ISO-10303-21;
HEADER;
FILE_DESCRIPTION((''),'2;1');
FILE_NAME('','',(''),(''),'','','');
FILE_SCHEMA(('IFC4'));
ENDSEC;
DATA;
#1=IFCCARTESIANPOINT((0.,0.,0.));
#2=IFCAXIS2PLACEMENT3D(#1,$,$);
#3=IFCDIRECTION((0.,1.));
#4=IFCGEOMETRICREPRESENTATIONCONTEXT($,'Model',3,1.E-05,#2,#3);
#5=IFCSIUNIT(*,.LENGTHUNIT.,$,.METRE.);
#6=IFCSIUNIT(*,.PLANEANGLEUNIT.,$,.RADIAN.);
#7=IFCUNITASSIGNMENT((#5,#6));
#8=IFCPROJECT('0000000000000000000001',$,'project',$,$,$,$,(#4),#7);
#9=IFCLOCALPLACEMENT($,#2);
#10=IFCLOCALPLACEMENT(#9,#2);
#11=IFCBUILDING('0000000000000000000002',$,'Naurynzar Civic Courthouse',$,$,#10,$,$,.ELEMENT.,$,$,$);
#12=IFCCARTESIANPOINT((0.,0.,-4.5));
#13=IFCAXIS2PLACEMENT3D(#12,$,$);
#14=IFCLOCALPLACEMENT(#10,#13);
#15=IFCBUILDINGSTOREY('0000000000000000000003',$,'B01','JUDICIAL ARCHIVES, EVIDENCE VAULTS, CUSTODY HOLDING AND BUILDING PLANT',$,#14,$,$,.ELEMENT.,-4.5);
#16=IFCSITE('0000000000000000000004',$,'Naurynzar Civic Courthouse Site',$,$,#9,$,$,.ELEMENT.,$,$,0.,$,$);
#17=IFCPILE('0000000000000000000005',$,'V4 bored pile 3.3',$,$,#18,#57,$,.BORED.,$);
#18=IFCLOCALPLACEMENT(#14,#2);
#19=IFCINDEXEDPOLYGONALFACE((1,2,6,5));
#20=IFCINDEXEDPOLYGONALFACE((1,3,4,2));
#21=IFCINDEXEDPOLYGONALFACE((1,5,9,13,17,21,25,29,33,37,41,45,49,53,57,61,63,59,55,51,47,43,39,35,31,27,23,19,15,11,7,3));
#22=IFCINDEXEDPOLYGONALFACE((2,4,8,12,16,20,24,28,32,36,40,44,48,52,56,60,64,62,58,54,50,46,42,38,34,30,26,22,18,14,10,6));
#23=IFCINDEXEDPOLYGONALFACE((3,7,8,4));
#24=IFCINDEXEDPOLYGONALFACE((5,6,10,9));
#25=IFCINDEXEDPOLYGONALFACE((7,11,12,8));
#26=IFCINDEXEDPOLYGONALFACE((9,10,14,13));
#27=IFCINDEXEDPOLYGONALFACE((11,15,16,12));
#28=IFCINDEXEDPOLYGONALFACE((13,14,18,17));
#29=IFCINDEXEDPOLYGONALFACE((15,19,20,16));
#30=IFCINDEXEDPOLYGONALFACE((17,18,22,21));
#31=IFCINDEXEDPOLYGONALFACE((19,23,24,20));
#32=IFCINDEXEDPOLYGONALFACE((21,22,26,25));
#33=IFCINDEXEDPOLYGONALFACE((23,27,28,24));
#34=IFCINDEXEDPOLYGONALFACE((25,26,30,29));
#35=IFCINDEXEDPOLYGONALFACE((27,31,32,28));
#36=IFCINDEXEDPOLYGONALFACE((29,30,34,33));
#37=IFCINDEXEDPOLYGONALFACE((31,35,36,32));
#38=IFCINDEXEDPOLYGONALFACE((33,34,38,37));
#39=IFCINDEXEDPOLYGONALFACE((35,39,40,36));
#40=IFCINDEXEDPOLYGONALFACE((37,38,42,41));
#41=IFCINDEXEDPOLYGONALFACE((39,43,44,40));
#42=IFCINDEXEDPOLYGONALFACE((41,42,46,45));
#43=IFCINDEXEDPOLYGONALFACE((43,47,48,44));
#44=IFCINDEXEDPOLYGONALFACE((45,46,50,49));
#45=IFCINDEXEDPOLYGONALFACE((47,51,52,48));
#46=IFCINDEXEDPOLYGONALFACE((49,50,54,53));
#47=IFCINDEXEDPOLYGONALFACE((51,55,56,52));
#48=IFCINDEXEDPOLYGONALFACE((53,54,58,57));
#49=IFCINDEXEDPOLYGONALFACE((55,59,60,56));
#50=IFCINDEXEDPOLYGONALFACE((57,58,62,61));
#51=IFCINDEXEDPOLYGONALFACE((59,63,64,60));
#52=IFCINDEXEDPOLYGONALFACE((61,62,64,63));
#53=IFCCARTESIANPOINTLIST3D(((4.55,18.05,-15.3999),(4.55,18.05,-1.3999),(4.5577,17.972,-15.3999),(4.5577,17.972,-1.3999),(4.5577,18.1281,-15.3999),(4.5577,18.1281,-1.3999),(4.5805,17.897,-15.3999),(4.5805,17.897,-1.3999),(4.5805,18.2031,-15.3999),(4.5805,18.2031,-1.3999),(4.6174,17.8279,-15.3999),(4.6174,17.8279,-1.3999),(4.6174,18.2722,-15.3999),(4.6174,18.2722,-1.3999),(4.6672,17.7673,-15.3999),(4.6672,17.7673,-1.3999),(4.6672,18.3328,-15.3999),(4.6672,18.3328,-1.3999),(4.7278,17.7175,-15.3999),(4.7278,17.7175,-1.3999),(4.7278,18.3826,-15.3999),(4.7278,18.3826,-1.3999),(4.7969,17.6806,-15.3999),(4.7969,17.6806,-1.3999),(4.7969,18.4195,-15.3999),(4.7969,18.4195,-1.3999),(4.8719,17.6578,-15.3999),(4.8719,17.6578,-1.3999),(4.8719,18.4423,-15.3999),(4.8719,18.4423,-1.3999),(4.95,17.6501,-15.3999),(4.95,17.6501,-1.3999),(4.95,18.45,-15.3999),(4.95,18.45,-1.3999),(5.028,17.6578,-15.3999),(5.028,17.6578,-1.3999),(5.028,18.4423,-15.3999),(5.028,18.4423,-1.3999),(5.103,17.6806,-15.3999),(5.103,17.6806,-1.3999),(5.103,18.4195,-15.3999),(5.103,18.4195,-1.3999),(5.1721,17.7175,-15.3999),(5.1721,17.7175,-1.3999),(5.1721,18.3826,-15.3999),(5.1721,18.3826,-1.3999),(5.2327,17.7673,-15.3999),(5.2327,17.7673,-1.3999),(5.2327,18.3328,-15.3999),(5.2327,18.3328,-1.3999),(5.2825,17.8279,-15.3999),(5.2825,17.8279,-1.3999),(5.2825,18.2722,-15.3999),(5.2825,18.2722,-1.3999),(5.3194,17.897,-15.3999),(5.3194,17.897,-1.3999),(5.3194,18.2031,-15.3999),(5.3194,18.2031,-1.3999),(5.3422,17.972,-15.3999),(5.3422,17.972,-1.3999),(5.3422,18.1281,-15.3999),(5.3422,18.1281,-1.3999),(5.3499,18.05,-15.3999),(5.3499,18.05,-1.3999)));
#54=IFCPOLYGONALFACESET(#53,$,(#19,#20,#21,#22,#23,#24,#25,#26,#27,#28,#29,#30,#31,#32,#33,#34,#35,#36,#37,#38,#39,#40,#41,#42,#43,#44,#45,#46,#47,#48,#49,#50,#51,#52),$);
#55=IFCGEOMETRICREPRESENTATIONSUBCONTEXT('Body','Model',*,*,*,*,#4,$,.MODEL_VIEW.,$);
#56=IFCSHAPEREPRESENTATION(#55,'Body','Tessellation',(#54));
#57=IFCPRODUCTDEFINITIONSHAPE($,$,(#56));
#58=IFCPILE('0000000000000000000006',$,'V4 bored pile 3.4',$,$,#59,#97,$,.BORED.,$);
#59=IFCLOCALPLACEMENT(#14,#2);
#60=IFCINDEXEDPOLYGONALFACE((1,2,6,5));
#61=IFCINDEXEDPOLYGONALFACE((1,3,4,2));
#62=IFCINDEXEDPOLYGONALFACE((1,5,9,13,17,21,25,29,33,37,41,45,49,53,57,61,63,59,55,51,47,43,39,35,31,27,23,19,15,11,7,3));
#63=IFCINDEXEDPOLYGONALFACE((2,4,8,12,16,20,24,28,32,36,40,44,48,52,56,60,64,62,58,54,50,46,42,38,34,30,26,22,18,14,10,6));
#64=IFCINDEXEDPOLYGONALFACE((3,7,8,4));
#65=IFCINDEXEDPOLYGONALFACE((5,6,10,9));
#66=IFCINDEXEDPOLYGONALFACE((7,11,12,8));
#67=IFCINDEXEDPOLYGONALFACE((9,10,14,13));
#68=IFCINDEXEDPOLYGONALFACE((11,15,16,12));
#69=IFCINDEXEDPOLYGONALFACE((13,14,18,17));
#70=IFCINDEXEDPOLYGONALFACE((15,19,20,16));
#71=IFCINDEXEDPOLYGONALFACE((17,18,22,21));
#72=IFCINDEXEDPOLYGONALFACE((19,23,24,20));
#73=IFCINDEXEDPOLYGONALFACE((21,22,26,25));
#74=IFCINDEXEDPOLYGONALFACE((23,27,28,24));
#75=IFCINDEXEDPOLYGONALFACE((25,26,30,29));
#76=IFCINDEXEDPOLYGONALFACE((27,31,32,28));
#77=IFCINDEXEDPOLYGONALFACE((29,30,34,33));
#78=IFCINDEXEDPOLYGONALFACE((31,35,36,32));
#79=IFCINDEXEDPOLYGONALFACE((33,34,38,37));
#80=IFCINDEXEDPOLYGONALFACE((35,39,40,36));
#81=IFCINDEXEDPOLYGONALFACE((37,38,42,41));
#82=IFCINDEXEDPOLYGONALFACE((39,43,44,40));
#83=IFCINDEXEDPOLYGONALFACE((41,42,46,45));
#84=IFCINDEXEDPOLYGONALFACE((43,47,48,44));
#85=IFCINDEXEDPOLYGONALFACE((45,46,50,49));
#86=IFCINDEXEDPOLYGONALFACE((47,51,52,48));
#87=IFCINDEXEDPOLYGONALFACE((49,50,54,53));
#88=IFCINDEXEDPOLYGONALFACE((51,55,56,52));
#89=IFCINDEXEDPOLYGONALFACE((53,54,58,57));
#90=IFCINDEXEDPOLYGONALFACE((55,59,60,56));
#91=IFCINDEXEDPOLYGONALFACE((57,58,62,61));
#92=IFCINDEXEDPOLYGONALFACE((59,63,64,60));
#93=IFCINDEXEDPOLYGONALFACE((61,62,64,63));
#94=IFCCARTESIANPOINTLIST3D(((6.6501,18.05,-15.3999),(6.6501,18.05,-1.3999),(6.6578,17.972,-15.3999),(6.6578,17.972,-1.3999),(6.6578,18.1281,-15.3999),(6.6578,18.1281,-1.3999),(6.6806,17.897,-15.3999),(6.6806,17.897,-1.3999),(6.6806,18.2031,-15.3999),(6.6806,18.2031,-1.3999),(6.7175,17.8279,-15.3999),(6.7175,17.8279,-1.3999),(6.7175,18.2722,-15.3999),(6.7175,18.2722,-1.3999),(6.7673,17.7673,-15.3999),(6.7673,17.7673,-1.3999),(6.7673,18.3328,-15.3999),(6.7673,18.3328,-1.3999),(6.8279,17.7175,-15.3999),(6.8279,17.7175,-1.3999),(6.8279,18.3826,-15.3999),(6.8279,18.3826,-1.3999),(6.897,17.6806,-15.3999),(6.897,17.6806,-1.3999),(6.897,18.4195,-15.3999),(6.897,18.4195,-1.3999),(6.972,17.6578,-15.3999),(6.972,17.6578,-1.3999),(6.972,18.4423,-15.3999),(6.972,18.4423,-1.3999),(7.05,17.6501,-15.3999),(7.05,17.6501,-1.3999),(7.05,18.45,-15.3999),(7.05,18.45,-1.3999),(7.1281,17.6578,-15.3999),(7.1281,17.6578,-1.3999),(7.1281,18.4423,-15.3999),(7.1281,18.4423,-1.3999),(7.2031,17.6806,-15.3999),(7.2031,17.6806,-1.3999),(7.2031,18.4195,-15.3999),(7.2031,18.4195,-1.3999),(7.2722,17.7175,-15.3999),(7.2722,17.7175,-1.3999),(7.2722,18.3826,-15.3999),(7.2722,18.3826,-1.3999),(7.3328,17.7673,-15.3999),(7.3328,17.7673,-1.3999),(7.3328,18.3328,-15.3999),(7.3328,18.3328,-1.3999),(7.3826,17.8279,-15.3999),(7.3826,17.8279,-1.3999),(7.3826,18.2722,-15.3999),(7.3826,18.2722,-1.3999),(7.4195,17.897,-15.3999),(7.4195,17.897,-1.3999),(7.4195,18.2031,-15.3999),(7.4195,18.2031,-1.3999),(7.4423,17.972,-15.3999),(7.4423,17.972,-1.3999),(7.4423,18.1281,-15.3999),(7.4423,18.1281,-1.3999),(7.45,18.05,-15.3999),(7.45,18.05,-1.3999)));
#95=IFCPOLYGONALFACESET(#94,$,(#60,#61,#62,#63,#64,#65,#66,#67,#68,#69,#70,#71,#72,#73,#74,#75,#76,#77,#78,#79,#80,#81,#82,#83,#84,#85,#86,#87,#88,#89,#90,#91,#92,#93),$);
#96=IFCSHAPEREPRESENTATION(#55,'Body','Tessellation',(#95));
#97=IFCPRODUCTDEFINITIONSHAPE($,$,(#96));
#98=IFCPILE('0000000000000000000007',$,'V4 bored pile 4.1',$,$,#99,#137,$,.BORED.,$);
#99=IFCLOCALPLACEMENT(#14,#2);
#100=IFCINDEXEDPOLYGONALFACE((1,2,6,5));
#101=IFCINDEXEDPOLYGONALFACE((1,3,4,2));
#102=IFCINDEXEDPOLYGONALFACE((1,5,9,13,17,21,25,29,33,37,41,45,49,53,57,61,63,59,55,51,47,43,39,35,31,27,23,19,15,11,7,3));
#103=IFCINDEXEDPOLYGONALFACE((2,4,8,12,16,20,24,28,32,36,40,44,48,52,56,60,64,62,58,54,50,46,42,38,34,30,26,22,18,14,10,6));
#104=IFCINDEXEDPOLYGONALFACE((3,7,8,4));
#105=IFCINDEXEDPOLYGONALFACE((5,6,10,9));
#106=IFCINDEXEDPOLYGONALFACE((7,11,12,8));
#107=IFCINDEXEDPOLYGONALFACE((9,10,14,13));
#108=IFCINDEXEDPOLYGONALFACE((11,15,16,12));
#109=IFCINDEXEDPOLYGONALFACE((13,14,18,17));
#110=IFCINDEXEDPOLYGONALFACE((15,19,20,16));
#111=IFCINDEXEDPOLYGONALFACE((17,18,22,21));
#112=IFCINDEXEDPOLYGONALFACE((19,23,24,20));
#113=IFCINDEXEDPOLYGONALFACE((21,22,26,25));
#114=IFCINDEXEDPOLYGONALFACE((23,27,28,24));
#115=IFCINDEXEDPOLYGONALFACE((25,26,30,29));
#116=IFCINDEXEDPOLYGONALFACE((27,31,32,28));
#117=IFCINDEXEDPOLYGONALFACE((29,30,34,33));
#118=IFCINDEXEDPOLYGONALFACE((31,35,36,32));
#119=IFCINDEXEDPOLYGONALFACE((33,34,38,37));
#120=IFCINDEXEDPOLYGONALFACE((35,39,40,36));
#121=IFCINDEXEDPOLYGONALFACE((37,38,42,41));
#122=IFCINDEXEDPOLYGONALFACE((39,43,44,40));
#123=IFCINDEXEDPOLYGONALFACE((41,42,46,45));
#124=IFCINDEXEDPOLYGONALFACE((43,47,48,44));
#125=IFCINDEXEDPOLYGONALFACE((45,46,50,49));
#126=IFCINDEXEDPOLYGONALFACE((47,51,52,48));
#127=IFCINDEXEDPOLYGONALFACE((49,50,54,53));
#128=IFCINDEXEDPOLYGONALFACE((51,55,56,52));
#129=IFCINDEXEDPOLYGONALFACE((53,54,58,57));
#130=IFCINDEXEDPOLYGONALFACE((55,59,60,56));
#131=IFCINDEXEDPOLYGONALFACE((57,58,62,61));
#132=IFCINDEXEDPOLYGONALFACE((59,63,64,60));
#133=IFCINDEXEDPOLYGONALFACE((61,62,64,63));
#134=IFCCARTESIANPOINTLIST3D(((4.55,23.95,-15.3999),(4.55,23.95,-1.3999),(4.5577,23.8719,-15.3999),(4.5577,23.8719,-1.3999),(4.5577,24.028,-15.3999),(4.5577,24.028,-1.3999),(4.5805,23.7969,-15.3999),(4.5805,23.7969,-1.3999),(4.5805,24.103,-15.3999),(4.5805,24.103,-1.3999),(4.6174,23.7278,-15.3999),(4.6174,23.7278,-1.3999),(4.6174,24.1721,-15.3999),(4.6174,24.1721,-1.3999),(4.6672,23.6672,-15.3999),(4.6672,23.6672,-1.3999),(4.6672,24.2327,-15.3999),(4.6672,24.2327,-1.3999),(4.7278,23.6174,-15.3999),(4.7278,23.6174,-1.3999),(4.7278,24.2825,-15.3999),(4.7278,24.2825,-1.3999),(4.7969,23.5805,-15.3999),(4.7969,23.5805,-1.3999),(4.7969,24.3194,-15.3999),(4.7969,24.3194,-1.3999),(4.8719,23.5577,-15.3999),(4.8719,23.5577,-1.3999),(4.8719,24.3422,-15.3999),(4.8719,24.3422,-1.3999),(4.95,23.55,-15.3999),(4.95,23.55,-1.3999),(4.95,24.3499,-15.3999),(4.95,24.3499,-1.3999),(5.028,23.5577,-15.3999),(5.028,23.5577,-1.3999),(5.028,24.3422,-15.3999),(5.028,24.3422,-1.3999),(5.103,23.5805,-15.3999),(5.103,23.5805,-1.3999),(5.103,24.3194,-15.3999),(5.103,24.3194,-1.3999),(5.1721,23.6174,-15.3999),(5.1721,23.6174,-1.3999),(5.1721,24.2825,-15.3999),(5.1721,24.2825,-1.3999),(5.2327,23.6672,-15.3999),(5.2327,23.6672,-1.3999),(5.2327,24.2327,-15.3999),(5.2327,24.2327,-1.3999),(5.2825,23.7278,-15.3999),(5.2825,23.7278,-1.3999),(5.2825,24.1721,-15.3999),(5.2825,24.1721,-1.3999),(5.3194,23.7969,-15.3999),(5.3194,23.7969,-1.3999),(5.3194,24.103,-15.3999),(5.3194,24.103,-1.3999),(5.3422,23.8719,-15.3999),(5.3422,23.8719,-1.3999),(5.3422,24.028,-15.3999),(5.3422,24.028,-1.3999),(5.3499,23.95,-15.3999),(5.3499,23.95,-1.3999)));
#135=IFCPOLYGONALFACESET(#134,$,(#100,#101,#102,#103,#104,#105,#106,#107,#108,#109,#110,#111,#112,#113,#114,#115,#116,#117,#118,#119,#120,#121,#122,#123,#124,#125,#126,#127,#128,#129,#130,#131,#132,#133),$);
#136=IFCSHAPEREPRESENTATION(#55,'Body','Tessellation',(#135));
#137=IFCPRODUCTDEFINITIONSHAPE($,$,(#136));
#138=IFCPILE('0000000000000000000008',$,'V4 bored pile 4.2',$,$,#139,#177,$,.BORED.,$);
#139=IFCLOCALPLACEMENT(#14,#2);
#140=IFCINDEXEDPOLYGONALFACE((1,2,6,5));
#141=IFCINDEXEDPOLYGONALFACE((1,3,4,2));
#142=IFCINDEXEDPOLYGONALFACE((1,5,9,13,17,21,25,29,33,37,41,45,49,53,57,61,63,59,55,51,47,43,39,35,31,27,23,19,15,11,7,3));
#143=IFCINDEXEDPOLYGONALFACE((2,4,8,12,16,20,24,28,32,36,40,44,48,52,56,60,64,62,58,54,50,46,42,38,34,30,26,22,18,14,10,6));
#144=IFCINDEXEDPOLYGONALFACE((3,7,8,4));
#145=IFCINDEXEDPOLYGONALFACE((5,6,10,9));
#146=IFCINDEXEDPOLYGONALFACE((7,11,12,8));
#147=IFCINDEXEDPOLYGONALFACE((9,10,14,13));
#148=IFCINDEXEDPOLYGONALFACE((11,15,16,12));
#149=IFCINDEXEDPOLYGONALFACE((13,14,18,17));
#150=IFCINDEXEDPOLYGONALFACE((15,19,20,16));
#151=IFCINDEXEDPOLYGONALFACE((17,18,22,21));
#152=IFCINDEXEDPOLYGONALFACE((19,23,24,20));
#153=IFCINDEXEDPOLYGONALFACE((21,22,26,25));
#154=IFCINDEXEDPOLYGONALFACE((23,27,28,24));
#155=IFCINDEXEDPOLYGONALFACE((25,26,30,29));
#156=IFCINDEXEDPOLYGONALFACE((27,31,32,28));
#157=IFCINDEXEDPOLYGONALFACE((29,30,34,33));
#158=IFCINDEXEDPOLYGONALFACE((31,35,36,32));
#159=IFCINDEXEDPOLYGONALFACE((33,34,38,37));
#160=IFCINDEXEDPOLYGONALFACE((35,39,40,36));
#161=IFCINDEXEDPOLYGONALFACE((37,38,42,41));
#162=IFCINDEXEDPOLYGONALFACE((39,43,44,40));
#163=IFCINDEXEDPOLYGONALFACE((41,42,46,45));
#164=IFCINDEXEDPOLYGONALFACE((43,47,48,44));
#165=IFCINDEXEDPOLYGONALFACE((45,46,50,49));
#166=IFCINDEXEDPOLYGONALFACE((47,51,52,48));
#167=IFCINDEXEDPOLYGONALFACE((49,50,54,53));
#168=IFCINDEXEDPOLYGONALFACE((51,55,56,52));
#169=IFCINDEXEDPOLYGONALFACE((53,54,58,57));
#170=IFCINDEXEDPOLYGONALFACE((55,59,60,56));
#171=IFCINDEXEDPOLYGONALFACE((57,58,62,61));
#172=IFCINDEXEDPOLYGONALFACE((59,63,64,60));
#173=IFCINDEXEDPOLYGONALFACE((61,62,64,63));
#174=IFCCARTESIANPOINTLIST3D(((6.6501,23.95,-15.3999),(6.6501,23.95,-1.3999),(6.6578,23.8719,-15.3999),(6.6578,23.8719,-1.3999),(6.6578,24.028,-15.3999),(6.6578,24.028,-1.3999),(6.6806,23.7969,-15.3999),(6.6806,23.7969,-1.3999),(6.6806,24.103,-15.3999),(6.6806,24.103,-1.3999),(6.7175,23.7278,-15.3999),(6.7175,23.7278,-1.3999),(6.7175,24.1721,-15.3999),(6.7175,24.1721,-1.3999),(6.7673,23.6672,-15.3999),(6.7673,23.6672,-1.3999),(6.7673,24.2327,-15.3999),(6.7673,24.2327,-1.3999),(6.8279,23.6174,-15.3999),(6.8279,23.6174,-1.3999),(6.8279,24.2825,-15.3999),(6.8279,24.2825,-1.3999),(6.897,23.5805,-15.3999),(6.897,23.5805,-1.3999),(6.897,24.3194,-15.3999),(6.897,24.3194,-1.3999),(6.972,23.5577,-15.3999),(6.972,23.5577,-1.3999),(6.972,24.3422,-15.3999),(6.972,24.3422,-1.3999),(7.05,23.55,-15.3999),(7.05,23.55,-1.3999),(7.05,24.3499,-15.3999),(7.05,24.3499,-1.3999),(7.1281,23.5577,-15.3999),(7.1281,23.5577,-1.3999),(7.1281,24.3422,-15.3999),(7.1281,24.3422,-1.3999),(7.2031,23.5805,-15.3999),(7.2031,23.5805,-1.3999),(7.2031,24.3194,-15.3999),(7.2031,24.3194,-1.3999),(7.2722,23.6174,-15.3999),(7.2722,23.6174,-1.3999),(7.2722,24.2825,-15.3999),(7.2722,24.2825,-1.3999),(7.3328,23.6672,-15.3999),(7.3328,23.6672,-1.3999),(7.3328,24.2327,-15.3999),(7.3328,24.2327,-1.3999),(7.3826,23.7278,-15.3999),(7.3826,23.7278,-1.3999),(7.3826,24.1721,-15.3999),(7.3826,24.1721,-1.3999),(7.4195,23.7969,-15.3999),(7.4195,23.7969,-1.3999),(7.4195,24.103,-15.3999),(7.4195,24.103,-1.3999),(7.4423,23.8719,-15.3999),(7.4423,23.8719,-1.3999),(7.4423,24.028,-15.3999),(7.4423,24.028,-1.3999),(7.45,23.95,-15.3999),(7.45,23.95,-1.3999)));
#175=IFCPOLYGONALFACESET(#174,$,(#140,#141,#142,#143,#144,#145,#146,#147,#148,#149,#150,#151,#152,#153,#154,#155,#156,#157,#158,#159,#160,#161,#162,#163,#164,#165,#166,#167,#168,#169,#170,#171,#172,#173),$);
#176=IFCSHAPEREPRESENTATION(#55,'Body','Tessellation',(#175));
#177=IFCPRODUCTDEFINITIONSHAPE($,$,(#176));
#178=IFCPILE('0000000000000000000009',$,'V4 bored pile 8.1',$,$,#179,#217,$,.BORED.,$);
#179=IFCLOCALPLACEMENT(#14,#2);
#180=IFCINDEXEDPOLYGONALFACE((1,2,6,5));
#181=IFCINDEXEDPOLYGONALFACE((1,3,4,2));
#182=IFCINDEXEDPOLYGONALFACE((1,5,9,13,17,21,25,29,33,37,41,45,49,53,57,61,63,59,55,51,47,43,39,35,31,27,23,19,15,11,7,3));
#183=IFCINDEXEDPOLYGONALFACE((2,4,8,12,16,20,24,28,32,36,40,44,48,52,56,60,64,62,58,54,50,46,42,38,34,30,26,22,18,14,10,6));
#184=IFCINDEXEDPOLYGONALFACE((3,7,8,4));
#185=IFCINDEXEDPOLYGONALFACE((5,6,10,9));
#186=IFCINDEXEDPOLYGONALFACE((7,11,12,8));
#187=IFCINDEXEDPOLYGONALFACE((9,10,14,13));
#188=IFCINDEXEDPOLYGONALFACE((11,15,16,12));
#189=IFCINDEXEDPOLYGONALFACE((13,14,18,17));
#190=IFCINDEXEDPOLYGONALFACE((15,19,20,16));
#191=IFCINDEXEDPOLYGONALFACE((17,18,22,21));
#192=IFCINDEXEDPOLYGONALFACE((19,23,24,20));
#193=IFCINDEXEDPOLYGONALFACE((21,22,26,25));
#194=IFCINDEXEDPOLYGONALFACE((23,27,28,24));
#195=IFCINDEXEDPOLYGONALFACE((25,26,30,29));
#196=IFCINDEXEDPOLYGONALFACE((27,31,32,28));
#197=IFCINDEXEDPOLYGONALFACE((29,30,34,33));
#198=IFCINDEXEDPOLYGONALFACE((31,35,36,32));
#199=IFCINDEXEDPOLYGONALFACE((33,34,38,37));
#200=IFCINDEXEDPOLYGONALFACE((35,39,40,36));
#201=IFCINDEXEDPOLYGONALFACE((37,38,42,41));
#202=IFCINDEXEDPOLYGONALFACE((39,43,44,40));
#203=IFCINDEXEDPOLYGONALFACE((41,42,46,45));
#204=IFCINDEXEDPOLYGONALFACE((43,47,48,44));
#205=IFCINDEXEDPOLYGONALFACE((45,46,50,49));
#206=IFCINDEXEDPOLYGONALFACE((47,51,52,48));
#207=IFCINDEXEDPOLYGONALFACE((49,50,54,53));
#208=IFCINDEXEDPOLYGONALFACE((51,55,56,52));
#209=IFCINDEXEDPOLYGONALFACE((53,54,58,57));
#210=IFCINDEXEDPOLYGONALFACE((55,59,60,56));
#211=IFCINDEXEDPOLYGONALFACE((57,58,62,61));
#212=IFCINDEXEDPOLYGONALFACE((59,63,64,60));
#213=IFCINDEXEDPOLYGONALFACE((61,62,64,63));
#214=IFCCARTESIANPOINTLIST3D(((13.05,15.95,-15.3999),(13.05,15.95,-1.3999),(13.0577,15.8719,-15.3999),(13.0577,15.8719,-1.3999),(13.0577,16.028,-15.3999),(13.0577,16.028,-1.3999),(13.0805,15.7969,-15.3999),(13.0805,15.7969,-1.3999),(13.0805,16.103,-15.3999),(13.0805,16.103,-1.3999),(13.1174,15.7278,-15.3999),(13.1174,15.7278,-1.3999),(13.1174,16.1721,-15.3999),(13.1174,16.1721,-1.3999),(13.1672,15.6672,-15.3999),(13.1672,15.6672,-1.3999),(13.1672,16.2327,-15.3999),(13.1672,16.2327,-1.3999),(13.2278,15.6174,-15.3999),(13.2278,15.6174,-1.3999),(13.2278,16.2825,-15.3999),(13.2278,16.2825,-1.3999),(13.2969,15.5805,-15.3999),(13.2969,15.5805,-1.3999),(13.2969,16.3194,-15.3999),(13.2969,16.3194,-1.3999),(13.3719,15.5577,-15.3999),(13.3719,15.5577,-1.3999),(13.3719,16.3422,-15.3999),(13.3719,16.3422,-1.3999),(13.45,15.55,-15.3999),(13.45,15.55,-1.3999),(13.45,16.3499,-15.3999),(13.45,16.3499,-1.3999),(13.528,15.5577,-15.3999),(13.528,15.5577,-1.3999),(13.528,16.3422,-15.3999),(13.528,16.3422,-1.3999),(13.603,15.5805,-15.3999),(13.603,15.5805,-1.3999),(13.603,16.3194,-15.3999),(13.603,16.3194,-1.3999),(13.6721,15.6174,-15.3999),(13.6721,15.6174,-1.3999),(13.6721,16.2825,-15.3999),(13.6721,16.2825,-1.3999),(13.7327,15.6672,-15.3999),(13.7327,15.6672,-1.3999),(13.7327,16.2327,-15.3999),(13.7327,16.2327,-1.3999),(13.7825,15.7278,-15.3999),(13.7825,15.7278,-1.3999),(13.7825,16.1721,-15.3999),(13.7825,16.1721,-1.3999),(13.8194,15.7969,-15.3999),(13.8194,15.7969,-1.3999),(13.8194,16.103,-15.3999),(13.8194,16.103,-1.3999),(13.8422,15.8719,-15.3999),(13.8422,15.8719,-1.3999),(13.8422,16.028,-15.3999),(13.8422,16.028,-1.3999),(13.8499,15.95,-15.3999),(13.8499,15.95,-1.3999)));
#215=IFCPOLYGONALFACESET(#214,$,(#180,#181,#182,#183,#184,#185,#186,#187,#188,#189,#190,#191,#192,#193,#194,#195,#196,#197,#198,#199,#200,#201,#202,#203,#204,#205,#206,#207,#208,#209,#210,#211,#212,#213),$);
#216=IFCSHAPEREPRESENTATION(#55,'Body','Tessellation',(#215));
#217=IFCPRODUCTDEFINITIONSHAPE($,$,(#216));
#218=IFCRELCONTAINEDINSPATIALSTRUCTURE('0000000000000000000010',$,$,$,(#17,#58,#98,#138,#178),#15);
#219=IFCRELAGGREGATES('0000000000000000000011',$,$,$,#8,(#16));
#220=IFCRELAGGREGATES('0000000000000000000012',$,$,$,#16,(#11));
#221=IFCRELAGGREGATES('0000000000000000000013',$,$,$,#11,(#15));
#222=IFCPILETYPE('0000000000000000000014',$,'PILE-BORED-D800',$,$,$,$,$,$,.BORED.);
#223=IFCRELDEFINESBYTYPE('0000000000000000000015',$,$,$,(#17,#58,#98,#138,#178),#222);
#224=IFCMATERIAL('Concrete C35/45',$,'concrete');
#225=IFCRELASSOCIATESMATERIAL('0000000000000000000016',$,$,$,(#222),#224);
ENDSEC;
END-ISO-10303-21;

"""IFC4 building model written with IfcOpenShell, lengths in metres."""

from ifc_helpers import new_model, si_unit, direction, frame, origin, origin_2d, place, context, subcontext, project, spatial, circle, extrude, material, material_profile, profile_set, type_object, element, save


model = new_model("IFC4")

# Units and contexts
model_context = context("Model", 3, precision=1e-05, world=origin(), true_north=direction((0.0, 1.0)))
body_context = subcontext(model_context, "Body", "Model", "MODEL_VIEW")
ifc_project = project(units=[si_unit("LENGTHUNIT", "METRE"), si_unit("PLANEANGLEUNIT", "RADIAN")], contexts=[model_context])

# Site, building, storey
site_placement = place(None, origin())
site = spatial("IfcSite", under=ifc_project, at=site_placement, Name="Naurynzar Civic Courthouse Site", CompositionType="ELEMENT", RefElevation=0.0)
building_placement = place(site_placement, origin())
building = spatial("IfcBuilding", under=site, at=building_placement, Name="Naurynzar Civic Courthouse", CompositionType="ELEMENT")
storey_placement = place(building_placement, frame((0.0, 0.0, -4.5)))
storey = spatial("IfcBuildingStorey", under=building, at=storey_placement, Name="B01", Description="JUDICIAL ARCHIVES, EVIDENCE VAULTS, CUSTODY HOLDING AND BUILDING PLANT", CompositionType="ELEMENT", Elevation=-4.5)

# Piles
ifc_material_1 = material(Name="Concrete C35/45", Category="concrete")
ifc_material_profile_1 = material_profile(ifc_material_1, circle(Radius=0.3999, at=origin_2d()), Name="PILE D800")
ifc_profile_set_1 = profile_set([ifc_material_profile_1], Name="Concrete C35/45")
pile_type = type_object("IfcPileType", Name="PILE-BORED-D800", PredefinedType="BORED", material=ifc_profile_set_1)
for number, where, z_axis, x_axis, name in (
    (1, (4.95, 18.05, -1.3999), (0.0, 0.0, -1.0), (1.0, 0.0, 0.0), "V4 bored pile 3.3"),
    (2, (7.05, 18.05, -1.3999), (0.0, 0.0, -1.0), (1.0, 0.0, 0.0), "V4 bored pile 3.4"),
    (3, (4.95, 23.95, -1.3999), (0.0, 0.0, -1.0), (1.0, 0.0, 0.0), "V4 bored pile 4.1"),
    (4, (7.05, 23.95, -1.3999), (0.0, 0.0, -1.0), (1.0, 0.0, 0.0), "V4 bored pile 4.2"),
    (5, (13.45, 15.95, -1.3999), (0.0, 0.0, -1.0), (1.0, 0.0, 0.0), "V4 bored pile 8.1"),
):
    element("IfcPile", number, at=place(storey_placement, frame(where, z_axis=z_axis, x_axis=x_axis)), inside=storey, type_object=pile_type, Name=name, PredefinedType="BORED", context=body_context, shape_type="SweptSolid", body=[
        extrude(circle(Radius=0.3999, at=origin_2d()), origin(), (0.0, 0.0, 1.0), 14.0),
    ])

save(model, "model.ifc")
